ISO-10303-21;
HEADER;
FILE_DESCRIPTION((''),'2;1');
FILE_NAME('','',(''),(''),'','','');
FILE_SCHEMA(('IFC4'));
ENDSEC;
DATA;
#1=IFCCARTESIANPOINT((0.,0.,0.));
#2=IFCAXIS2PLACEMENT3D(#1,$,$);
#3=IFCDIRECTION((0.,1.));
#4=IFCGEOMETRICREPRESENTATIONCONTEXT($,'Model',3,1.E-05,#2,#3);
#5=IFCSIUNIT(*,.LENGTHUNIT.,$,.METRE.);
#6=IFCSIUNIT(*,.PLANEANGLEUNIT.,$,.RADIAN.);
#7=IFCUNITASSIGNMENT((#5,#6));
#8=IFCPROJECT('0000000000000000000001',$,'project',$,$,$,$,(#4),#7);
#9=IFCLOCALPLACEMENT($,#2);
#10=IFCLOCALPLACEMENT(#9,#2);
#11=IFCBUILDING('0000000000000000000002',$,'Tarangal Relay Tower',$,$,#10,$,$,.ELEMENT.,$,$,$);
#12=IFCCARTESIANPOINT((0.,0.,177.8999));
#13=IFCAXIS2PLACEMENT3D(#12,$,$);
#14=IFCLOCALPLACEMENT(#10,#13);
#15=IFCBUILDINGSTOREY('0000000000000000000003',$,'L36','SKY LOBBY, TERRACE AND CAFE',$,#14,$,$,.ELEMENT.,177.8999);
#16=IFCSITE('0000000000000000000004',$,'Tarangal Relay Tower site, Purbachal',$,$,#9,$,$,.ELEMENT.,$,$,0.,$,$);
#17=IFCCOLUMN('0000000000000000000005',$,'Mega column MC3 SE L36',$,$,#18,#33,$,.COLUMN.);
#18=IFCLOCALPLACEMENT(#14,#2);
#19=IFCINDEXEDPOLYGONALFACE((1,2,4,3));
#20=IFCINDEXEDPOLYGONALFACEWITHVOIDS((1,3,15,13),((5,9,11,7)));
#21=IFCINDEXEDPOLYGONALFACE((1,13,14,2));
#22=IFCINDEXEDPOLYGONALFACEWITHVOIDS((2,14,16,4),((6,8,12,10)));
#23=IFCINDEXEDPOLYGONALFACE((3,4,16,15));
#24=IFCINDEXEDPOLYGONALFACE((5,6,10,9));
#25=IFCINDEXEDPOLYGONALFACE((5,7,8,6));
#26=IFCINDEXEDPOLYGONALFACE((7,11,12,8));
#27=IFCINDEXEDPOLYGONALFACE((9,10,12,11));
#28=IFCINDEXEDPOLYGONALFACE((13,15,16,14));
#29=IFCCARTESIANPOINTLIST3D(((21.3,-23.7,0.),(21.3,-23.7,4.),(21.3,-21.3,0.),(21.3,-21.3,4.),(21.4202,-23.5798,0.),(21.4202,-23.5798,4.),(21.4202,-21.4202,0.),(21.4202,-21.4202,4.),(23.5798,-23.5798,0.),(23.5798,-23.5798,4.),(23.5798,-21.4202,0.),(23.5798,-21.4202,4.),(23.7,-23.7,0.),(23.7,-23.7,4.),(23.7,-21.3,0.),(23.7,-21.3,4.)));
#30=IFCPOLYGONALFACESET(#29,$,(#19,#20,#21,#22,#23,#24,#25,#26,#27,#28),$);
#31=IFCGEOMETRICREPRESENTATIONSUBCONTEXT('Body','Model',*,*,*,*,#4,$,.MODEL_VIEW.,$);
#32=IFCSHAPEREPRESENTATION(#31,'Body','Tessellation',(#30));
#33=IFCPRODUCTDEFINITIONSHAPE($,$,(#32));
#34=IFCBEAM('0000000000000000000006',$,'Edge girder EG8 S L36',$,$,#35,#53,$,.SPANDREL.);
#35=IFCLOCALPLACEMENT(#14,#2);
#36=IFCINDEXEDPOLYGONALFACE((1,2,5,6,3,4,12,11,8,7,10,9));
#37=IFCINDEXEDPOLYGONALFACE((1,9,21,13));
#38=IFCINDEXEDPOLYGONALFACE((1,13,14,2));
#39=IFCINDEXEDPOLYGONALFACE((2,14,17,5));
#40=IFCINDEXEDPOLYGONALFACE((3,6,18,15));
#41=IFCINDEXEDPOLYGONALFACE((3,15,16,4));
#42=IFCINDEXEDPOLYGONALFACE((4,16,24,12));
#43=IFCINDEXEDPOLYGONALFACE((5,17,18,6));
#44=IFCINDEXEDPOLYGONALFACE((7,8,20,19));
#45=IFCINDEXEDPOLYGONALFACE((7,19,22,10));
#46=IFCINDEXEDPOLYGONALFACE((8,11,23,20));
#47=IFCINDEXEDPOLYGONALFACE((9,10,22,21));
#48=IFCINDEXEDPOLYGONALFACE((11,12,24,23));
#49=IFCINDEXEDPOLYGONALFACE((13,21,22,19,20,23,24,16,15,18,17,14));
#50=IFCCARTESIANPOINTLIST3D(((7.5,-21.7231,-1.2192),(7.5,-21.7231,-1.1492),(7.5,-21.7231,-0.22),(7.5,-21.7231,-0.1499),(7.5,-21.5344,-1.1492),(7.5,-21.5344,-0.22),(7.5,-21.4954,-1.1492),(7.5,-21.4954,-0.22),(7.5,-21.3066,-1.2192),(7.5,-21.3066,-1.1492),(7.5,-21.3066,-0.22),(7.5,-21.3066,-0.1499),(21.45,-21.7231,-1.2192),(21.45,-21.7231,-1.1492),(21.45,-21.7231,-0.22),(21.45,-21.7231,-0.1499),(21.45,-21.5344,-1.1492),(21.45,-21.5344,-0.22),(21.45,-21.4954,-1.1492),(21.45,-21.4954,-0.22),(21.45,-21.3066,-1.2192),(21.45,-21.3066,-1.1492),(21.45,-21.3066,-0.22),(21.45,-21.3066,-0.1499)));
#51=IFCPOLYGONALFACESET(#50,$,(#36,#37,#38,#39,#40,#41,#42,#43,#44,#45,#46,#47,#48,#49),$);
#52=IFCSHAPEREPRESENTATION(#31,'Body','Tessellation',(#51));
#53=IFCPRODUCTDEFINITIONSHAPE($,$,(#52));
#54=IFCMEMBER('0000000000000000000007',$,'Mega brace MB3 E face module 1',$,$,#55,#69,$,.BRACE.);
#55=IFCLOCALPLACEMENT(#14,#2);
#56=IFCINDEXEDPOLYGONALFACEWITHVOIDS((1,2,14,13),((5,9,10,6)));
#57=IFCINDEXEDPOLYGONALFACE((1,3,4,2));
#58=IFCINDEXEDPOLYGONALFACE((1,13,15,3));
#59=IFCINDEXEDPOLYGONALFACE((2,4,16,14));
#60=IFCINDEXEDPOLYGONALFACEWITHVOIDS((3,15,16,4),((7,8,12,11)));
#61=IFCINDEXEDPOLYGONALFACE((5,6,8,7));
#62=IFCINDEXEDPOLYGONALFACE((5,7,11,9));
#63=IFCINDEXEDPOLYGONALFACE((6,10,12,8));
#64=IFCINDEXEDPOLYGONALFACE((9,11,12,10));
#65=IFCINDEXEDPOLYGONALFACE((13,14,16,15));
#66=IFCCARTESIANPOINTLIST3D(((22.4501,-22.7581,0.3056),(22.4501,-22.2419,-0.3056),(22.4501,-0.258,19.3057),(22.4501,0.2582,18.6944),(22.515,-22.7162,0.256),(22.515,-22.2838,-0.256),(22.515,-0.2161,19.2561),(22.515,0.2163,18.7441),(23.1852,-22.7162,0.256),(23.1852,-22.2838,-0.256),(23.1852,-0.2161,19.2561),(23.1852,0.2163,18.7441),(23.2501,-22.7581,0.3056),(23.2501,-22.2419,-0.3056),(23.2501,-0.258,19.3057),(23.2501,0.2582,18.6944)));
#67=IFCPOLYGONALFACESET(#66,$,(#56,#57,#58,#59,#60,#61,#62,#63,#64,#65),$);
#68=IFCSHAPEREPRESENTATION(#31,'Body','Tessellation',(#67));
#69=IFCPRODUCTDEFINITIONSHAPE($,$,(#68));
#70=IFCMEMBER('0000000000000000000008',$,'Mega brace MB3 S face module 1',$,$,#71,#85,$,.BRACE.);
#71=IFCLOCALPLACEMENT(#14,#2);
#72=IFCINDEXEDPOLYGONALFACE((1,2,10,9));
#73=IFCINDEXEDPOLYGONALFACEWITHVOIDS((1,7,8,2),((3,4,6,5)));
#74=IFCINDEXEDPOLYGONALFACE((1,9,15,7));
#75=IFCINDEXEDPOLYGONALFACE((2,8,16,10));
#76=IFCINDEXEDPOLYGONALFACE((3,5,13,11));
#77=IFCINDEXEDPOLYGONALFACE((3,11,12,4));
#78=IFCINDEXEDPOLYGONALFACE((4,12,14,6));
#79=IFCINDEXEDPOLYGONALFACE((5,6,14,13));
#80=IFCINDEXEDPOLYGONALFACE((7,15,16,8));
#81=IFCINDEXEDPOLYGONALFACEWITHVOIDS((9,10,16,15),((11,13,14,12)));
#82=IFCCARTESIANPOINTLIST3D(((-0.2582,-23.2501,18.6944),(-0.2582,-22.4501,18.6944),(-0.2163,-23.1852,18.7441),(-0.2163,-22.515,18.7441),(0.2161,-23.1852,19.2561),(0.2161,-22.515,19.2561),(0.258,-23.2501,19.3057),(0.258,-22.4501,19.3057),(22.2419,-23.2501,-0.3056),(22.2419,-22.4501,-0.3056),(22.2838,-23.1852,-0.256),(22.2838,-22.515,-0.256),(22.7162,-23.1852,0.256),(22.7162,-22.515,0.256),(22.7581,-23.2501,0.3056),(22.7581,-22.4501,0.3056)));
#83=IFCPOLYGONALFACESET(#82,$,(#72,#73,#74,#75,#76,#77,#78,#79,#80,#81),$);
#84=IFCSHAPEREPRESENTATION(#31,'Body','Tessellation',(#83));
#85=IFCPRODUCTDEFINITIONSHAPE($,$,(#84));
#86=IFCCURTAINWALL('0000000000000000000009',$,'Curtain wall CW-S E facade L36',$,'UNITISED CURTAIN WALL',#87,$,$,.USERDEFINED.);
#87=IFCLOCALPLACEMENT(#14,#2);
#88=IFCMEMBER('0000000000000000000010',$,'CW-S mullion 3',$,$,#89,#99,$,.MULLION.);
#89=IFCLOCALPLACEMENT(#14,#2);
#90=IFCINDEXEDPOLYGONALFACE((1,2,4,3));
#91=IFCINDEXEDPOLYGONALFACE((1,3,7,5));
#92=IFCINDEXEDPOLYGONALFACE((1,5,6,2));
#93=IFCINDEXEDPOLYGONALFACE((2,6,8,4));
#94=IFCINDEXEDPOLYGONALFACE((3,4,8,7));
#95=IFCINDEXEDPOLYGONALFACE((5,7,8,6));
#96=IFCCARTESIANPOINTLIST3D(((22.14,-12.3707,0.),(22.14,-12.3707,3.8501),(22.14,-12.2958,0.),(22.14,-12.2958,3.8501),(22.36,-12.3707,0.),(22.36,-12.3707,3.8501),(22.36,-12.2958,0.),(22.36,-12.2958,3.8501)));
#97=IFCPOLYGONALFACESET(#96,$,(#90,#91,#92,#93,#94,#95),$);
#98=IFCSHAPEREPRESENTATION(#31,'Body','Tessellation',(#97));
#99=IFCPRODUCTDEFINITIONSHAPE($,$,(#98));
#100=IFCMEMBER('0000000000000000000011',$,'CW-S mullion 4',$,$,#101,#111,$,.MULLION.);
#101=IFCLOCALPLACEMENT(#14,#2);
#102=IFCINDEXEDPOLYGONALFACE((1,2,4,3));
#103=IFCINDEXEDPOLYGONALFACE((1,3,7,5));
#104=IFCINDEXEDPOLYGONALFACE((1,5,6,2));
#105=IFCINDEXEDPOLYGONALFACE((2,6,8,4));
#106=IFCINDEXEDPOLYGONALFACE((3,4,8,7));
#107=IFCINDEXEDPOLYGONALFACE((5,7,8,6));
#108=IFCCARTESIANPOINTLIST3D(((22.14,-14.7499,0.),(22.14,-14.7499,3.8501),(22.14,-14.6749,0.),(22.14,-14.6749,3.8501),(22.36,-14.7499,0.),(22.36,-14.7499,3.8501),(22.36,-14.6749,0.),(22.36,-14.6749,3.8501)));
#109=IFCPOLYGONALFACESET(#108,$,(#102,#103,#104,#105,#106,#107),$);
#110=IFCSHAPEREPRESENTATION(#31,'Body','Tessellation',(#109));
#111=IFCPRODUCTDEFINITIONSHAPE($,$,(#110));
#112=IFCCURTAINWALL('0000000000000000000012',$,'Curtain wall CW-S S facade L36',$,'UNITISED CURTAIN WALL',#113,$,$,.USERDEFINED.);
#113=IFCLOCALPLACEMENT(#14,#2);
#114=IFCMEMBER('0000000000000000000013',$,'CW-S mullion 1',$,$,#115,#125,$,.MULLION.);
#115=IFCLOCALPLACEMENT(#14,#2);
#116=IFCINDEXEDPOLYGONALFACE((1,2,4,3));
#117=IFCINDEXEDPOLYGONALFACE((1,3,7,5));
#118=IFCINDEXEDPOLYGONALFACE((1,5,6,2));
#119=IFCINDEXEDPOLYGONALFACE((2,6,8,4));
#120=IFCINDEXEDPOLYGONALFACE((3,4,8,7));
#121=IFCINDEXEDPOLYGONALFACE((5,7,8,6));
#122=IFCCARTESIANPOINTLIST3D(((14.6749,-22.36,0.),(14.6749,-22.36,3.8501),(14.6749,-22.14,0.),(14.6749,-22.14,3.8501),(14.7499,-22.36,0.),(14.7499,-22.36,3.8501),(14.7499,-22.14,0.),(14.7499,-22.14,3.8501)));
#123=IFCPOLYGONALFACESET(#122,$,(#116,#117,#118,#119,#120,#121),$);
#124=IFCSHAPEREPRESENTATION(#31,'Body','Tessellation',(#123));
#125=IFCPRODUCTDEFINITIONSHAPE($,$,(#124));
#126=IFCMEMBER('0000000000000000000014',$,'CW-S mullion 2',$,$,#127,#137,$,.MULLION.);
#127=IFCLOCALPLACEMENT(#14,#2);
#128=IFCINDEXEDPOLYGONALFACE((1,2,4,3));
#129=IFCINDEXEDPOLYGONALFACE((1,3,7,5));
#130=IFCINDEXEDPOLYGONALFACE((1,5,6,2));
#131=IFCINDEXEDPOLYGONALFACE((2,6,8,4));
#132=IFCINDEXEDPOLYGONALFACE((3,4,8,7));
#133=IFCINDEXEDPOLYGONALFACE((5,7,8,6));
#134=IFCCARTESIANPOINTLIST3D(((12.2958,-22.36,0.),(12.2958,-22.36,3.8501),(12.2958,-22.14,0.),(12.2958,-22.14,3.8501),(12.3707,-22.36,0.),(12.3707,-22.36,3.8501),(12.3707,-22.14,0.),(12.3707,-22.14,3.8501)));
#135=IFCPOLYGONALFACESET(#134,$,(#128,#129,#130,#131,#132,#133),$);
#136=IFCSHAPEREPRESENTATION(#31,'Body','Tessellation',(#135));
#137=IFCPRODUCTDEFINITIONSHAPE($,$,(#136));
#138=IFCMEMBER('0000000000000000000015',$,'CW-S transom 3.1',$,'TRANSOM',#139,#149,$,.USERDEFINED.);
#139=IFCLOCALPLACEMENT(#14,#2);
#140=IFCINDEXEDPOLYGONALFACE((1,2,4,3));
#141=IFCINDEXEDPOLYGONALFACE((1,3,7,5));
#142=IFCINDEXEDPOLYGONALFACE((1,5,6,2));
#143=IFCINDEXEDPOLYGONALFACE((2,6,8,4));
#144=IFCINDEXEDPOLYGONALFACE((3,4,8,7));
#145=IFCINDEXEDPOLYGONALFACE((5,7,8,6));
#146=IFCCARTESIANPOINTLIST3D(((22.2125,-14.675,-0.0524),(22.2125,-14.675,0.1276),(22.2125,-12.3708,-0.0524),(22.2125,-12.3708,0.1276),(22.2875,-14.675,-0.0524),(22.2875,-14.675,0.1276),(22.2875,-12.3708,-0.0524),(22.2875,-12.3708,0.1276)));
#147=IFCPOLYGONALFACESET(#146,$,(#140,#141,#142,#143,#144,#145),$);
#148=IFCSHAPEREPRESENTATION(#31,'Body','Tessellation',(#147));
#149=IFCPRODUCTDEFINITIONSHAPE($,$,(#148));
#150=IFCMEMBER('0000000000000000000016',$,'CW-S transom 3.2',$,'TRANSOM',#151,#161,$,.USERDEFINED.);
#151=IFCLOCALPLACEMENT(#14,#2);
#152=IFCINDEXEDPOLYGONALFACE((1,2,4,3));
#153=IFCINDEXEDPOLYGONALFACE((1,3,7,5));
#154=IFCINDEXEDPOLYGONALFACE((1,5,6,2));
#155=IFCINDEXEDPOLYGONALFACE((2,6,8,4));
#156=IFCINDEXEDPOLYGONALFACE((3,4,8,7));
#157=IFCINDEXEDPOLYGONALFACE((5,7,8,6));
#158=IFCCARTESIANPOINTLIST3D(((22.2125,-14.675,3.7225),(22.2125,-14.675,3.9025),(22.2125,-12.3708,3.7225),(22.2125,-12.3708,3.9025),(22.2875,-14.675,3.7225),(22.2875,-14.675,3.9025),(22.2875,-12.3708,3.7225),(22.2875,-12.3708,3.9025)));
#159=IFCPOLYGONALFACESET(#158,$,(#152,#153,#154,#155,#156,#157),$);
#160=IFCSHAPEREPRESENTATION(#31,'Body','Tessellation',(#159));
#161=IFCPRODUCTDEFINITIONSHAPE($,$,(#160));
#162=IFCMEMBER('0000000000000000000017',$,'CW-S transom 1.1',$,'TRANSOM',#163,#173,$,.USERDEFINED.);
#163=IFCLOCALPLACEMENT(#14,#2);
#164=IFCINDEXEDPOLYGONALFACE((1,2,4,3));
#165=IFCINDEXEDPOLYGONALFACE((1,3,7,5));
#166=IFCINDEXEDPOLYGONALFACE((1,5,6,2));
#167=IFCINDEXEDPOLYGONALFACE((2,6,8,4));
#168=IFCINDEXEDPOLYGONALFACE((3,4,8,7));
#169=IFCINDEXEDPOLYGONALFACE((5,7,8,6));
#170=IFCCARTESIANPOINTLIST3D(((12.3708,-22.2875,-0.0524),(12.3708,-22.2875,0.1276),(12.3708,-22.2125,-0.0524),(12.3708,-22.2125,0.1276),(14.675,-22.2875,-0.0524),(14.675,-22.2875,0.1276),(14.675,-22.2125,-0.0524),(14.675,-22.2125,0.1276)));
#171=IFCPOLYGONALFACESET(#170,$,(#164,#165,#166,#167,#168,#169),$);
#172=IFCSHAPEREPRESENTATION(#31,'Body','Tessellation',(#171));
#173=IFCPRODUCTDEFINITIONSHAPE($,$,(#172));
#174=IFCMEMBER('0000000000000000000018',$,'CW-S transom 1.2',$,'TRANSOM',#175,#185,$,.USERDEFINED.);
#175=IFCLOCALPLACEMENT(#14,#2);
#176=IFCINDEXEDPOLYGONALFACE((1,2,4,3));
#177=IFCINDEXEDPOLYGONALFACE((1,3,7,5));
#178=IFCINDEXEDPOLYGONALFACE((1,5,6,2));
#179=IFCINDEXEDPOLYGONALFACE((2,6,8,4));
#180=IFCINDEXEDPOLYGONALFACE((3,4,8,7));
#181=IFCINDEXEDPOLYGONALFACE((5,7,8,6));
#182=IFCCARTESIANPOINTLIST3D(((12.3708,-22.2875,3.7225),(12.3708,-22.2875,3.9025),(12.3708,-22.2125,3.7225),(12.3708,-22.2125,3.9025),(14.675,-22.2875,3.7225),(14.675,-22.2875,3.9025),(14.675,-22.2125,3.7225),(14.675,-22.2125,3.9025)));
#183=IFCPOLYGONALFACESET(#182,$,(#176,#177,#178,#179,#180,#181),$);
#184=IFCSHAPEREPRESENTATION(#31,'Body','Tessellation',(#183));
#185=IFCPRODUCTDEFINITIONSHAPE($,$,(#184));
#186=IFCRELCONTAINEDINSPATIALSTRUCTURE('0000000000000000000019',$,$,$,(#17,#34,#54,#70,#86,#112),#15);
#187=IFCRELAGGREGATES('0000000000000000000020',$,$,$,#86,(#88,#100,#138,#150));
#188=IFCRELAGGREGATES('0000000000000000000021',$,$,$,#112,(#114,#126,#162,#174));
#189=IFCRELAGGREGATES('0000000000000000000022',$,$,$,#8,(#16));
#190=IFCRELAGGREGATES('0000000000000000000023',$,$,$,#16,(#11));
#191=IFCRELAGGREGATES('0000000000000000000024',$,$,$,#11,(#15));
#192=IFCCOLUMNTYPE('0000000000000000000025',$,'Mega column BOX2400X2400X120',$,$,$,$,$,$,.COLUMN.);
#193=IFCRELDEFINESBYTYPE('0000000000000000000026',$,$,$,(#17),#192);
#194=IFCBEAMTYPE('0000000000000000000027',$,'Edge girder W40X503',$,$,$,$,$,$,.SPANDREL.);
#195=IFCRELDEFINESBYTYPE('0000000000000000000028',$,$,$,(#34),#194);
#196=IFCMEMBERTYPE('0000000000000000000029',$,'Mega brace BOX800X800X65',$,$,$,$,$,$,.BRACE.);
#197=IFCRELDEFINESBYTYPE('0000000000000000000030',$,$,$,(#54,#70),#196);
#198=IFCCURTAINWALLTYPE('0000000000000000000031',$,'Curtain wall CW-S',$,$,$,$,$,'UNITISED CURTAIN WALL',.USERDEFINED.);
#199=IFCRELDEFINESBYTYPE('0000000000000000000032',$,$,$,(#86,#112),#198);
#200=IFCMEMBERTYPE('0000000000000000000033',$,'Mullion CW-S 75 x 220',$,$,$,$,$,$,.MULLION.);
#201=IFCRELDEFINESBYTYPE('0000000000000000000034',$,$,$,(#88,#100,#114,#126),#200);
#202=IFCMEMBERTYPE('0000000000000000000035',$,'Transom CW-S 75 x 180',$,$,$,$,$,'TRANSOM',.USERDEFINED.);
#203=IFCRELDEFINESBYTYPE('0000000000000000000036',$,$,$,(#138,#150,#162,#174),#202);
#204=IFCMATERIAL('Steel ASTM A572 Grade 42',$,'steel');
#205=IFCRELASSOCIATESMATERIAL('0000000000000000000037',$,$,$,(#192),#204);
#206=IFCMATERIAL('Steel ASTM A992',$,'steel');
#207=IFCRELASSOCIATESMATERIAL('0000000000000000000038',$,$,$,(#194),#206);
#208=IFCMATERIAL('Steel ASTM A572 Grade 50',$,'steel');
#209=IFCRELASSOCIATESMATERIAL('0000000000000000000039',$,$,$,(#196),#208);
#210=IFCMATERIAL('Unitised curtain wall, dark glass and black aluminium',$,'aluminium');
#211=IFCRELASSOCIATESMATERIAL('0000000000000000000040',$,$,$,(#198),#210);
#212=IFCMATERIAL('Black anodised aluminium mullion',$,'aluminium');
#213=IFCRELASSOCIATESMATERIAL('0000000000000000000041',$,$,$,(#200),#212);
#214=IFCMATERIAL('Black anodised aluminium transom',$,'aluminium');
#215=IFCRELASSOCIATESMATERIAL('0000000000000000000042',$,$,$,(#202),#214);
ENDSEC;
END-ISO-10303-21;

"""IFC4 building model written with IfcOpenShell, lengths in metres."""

from ifc_helpers import new_model, si_unit, direction, frame, origin, origin_2d, place, context, subcontext, project, spatial, rectangle, hollow_rectangle, i_section, extrude, material, material_profile, profile_set, type_object, element, aggregate, save


model = new_model("IFC4")

# Units and contexts
model_context = context("Model", 3, precision=1e-05, world=origin(), true_north=direction((0.0, 1.0)))
body_context = subcontext(model_context, "Body", "Model", "MODEL_VIEW")
ifc_project = project(units=[si_unit("LENGTHUNIT", "METRE"), si_unit("PLANEANGLEUNIT", "RADIAN")], contexts=[model_context])

# Site, building, storey
site_placement = place(None, origin())
site = spatial("IfcSite", under=ifc_project, at=site_placement, Name="Tarangal Relay Tower site, Purbachal", CompositionType="ELEMENT", RefElevation=0.0)
building_placement = place(site_placement, origin())
building = spatial("IfcBuilding", under=site, at=building_placement, Name="Tarangal Relay Tower", CompositionType="ELEMENT")
storey_placement = place(building_placement, frame((0.0, 0.0, 177.8999)))
storey = spatial("IfcBuildingStorey", under=building, at=storey_placement, Name="L36", Description="SKY LOBBY, TERRACE AND CAFE", CompositionType="ELEMENT", Elevation=177.8999)

# Column
ifc_material_1 = material(Name="Steel ASTM A572 Grade 42", Category="steel")
ifc_material_profile_1 = material_profile(ifc_material_1, hollow_rectangle(XDim=2.3999, YDim=2.3999, WallThickness=0.1201, at=origin_2d()), Name="BOX2400X2400X120")
ifc_profile_set_1 = profile_set([ifc_material_profile_1], Name="Steel ASTM A572 Grade 42")
column_type = type_object("IfcColumnType", Name="Mega column BOX2400X2400X120", PredefinedType="COLUMN", material=ifc_profile_set_1)
column_placement = place(storey_placement, frame((22.5, -22.5, 0.0), z_axis=(0.0, 0.0, 1.0), x_axis=(1.0, 0.0, 0.0)))
element("IfcColumn", 1, at=column_placement, inside=storey, type_object=column_type, Name="Mega column MC3 SE L36", PredefinedType="COLUMN", context=body_context, shape_type="SweptSolid", body=[
    extrude(hollow_rectangle(XDim=2.3999, YDim=2.3999, WallThickness=0.1201, at=origin_2d()), origin(), (0.0, 0.0, 1.0), 4.0),
])

# Beam
ifc_material_2 = material(Name="Steel ASTM A992", Category="steel")
ifc_material_profile_2 = material_profile(ifc_material_2, i_section(OverallWidth=0.4165, OverallDepth=1.0693, WebThickness=0.0391, FlangeThickness=0.0701, at=origin_2d()), Name="W40X503")
ifc_profile_set_2 = profile_set([ifc_material_profile_2], Name="Steel ASTM A992")
beam_type = type_object("IfcBeamType", Name="Edge girder W40X503", PredefinedType="SPANDREL", material=ifc_profile_set_2)
beam_placement = place(storey_placement, frame((21.45, -21.5149, -0.6846), z_axis=(-1.0, 0.0, 0.0), x_axis=(0.0, -1.0, 0.0)))
element("IfcBeam", 2, at=beam_placement, inside=storey, type_object=beam_type, Name="Edge girder EG8 S L36", PredefinedType="SPANDREL", context=body_context, shape_type="SweptSolid", body=[
    extrude(i_section(OverallWidth=0.4165, OverallDepth=1.0693, WebThickness=0.0391, FlangeThickness=0.0701, at=origin_2d()), origin(), (0.0, 0.0, 1.0), 13.95),
])

# Members
ifc_material_3 = material(Name="Steel ASTM A572 Grade 50", Category="steel")
ifc_material_profile_3 = material_profile(ifc_material_3, hollow_rectangle(XDim=0.8, YDim=0.8, WallThickness=0.0649, at=origin_2d()), Name="BOX800X800X65")
ifc_profile_set_3 = profile_set([ifc_material_profile_3], Name="Steel ASTM A572 Grade 50")
member_type_1 = type_object("IfcMemberType", Name="Mega brace BOX800X800X65", PredefinedType="BRACE", material=ifc_profile_set_3)
for number, where, z_axis, x_axis, name in (
    (3, (22.8501, -22.5, 0.0), (0.0, 0.76403, 0.645181), (-1.0, 0.0, 0.0), "Mega brace MB3 E face module 1"),
    (4, (22.5, -22.8501, 0.0), (-0.76403, 0.0, 0.645181), (0.0, -1.0, 0.0), "Mega brace MB3 S face module 1"),
):
    element("IfcMember", number, at=place(storey_placement, frame(where, z_axis=z_axis, x_axis=x_axis)), inside=storey, type_object=member_type_1, Name=name, PredefinedType="BRACE", context=body_context, shape_type="SweptSolid", body=[
        extrude(hollow_rectangle(XDim=0.8, YDim=0.8, WallThickness=0.0649, at=origin_2d()), origin(), (0.0, 0.0, 1.0), 29.4492),
    ])

# Curtain walls, members
ifc_material_4 = material(Name="Unitised curtain wall, dark glass and black aluminium", Category="aluminium")
curtain_wall_type = type_object("IfcCurtainWallType", Name="Curtain wall CW-S", ElementType="UNITISED CURTAIN WALL", PredefinedType="USERDEFINED", material=ifc_material_4)
curtain_wall_1_placement = place(storey_placement, origin())
curtain_wall_1 = element("IfcCurtainWall", 5, at=curtain_wall_1_placement, inside=storey, type_object=curtain_wall_type, Name="Curtain wall CW-S E facade L36", ObjectType="UNITISED CURTAIN WALL", PredefinedType="USERDEFINED")
ifc_material_5 = material(Name="Black anodised aluminium mullion", Category="aluminium")
ifc_material_profile_4 = material_profile(ifc_material_5, rectangle(XDim=0.22, YDim=0.075, at=origin_2d()), Name="CW-SM 75X220")
ifc_profile_set_4 = profile_set([ifc_material_profile_4], Name="Black anodised aluminium mullion")
member_type_2 = type_object("IfcMemberType", Name="Mullion CW-S 75 x 220", PredefinedType="MULLION", material=ifc_profile_set_4)
member_1_placement = place(storey_placement, frame((22.25, -12.3333, 0.0), z_axis=(0.0, 0.0, 1.0), x_axis=(1.0, 0.0, 0.0)))
member_1 = element("IfcMember", 6, at=member_1_placement, type_object=member_type_2, Name="CW-S mullion 3", PredefinedType="MULLION", context=body_context, shape_type="SweptSolid", body=[
    extrude(rectangle(XDim=0.22, YDim=0.075, at=origin_2d()), origin(), (0.0, 0.0, 1.0), 3.8501),
])
member_2_placement = place(storey_placement, frame((22.25, -14.7124, 0.0), z_axis=(0.0, 0.0, 1.0), x_axis=(1.0, 0.0, 0.0)))
member_2 = element("IfcMember", 7, at=member_2_placement, type_object=member_type_2, Name="CW-S mullion 4", PredefinedType="MULLION", context=body_context, shape_type="SweptSolid", body=[
    extrude(rectangle(XDim=0.22, YDim=0.075, at=origin_2d()), origin(), (0.0, 0.0, 1.0), 3.8501),
])
curtain_wall_2_placement = place(storey_placement, origin())
curtain_wall_2 = element("IfcCurtainWall", 8, at=curtain_wall_2_placement, inside=storey, type_object=curtain_wall_type, Name="Curtain wall CW-S S facade L36", ObjectType="UNITISED CURTAIN WALL", PredefinedType="USERDEFINED")
member_3_placement = place(storey_placement, frame((14.7124, -22.25, 0.0), z_axis=(0.0, 0.0, 1.0), x_axis=(0.0, -1.0, 0.0)))
member_3 = element("IfcMember", 9, at=member_3_placement, type_object=member_type_2, Name="CW-S mullion 1", PredefinedType="MULLION", context=body_context, shape_type="SweptSolid", body=[
    extrude(rectangle(XDim=0.22, YDim=0.075, at=origin_2d()), origin(), (0.0, 0.0, 1.0), 3.8501),
])
member_4_placement = place(storey_placement, frame((12.3333, -22.25, 0.0), z_axis=(0.0, 0.0, 1.0), x_axis=(0.0, -1.0, 0.0)))
member_4 = element("IfcMember", 10, at=member_4_placement, type_object=member_type_2, Name="CW-S mullion 2", PredefinedType="MULLION", context=body_context, shape_type="SweptSolid", body=[
    extrude(rectangle(XDim=0.22, YDim=0.075, at=origin_2d()), origin(), (0.0, 0.0, 1.0), 3.8501),
])

# Members
ifc_material_6 = material(Name="Black anodised aluminium transom", Category="aluminium")
ifc_material_profile_5 = material_profile(ifc_material_6, rectangle(XDim=0.075, YDim=0.1799, at=origin_2d()), Name="CW-ST 75X180")
ifc_profile_set_5 = profile_set([ifc_material_profile_5], Name="Black anodised aluminium transom")
member_type_3 = type_object("IfcMemberType", Name="Transom CW-S 75 x 180", ElementType="TRANSOM", PredefinedType="USERDEFINED", material=ifc_profile_set_5)
member_5_placement = place(storey_placement, frame((22.25, -12.3708, 0.0376), z_axis=(0.0, -1.0, 0.0), x_axis=(1.0, 0.0, 0.0)))
member_5 = element("IfcMember", 11, at=member_5_placement, type_object=member_type_3, Name="CW-S transom 3.1", ObjectType="TRANSOM", PredefinedType="USERDEFINED", context=body_context, shape_type="SweptSolid", body=[
    extrude(rectangle(XDim=0.075, YDim=0.1799, at=origin_2d()), origin(), (0.0, 0.0, 1.0), 2.3042),
])
member_6_placement = place(storey_placement, frame((22.25, -12.3708, 3.8125), z_axis=(0.0, -1.0, 0.0), x_axis=(1.0, 0.0, 0.0)))
member_6 = element("IfcMember", 12, at=member_6_placement, type_object=member_type_3, Name="CW-S transom 3.2", ObjectType="TRANSOM", PredefinedType="USERDEFINED", context=body_context, shape_type="SweptSolid", body=[
    extrude(rectangle(XDim=0.075, YDim=0.1799, at=origin_2d()), origin(), (0.0, 0.0, 1.0), 2.3042),
])
member_7_placement = place(storey_placement, frame((14.675, -22.25, 0.0376), z_axis=(-1.0, 0.0, 0.0), x_axis=(0.0, -1.0, 0.0)))
member_7 = element("IfcMember", 13, at=member_7_placement, type_object=member_type_3, Name="CW-S transom 1.1", ObjectType="TRANSOM", PredefinedType="USERDEFINED", context=body_context, shape_type="SweptSolid", body=[
    extrude(rectangle(XDim=0.075, YDim=0.1799, at=origin_2d()), origin(), (0.0, 0.0, 1.0), 2.3042),
])
member_8_placement = place(storey_placement, frame((14.675, -22.25, 3.8125), z_axis=(-1.0, 0.0, 0.0), x_axis=(0.0, -1.0, 0.0)))
member_8 = element("IfcMember", 14, at=member_8_placement, type_object=member_type_3, Name="CW-S transom 1.2", ObjectType="TRANSOM", PredefinedType="USERDEFINED", context=body_context, shape_type="SweptSolid", body=[
    extrude(rectangle(XDim=0.075, YDim=0.1799, at=origin_2d()), origin(), (0.0, 0.0, 1.0), 2.3042),
])

aggregate(curtain_wall_1, [member_1, member_2, member_5, member_6])
aggregate(curtain_wall_2, [member_3, member_4, member_7, member_8])

save(model, "model.ifc")
